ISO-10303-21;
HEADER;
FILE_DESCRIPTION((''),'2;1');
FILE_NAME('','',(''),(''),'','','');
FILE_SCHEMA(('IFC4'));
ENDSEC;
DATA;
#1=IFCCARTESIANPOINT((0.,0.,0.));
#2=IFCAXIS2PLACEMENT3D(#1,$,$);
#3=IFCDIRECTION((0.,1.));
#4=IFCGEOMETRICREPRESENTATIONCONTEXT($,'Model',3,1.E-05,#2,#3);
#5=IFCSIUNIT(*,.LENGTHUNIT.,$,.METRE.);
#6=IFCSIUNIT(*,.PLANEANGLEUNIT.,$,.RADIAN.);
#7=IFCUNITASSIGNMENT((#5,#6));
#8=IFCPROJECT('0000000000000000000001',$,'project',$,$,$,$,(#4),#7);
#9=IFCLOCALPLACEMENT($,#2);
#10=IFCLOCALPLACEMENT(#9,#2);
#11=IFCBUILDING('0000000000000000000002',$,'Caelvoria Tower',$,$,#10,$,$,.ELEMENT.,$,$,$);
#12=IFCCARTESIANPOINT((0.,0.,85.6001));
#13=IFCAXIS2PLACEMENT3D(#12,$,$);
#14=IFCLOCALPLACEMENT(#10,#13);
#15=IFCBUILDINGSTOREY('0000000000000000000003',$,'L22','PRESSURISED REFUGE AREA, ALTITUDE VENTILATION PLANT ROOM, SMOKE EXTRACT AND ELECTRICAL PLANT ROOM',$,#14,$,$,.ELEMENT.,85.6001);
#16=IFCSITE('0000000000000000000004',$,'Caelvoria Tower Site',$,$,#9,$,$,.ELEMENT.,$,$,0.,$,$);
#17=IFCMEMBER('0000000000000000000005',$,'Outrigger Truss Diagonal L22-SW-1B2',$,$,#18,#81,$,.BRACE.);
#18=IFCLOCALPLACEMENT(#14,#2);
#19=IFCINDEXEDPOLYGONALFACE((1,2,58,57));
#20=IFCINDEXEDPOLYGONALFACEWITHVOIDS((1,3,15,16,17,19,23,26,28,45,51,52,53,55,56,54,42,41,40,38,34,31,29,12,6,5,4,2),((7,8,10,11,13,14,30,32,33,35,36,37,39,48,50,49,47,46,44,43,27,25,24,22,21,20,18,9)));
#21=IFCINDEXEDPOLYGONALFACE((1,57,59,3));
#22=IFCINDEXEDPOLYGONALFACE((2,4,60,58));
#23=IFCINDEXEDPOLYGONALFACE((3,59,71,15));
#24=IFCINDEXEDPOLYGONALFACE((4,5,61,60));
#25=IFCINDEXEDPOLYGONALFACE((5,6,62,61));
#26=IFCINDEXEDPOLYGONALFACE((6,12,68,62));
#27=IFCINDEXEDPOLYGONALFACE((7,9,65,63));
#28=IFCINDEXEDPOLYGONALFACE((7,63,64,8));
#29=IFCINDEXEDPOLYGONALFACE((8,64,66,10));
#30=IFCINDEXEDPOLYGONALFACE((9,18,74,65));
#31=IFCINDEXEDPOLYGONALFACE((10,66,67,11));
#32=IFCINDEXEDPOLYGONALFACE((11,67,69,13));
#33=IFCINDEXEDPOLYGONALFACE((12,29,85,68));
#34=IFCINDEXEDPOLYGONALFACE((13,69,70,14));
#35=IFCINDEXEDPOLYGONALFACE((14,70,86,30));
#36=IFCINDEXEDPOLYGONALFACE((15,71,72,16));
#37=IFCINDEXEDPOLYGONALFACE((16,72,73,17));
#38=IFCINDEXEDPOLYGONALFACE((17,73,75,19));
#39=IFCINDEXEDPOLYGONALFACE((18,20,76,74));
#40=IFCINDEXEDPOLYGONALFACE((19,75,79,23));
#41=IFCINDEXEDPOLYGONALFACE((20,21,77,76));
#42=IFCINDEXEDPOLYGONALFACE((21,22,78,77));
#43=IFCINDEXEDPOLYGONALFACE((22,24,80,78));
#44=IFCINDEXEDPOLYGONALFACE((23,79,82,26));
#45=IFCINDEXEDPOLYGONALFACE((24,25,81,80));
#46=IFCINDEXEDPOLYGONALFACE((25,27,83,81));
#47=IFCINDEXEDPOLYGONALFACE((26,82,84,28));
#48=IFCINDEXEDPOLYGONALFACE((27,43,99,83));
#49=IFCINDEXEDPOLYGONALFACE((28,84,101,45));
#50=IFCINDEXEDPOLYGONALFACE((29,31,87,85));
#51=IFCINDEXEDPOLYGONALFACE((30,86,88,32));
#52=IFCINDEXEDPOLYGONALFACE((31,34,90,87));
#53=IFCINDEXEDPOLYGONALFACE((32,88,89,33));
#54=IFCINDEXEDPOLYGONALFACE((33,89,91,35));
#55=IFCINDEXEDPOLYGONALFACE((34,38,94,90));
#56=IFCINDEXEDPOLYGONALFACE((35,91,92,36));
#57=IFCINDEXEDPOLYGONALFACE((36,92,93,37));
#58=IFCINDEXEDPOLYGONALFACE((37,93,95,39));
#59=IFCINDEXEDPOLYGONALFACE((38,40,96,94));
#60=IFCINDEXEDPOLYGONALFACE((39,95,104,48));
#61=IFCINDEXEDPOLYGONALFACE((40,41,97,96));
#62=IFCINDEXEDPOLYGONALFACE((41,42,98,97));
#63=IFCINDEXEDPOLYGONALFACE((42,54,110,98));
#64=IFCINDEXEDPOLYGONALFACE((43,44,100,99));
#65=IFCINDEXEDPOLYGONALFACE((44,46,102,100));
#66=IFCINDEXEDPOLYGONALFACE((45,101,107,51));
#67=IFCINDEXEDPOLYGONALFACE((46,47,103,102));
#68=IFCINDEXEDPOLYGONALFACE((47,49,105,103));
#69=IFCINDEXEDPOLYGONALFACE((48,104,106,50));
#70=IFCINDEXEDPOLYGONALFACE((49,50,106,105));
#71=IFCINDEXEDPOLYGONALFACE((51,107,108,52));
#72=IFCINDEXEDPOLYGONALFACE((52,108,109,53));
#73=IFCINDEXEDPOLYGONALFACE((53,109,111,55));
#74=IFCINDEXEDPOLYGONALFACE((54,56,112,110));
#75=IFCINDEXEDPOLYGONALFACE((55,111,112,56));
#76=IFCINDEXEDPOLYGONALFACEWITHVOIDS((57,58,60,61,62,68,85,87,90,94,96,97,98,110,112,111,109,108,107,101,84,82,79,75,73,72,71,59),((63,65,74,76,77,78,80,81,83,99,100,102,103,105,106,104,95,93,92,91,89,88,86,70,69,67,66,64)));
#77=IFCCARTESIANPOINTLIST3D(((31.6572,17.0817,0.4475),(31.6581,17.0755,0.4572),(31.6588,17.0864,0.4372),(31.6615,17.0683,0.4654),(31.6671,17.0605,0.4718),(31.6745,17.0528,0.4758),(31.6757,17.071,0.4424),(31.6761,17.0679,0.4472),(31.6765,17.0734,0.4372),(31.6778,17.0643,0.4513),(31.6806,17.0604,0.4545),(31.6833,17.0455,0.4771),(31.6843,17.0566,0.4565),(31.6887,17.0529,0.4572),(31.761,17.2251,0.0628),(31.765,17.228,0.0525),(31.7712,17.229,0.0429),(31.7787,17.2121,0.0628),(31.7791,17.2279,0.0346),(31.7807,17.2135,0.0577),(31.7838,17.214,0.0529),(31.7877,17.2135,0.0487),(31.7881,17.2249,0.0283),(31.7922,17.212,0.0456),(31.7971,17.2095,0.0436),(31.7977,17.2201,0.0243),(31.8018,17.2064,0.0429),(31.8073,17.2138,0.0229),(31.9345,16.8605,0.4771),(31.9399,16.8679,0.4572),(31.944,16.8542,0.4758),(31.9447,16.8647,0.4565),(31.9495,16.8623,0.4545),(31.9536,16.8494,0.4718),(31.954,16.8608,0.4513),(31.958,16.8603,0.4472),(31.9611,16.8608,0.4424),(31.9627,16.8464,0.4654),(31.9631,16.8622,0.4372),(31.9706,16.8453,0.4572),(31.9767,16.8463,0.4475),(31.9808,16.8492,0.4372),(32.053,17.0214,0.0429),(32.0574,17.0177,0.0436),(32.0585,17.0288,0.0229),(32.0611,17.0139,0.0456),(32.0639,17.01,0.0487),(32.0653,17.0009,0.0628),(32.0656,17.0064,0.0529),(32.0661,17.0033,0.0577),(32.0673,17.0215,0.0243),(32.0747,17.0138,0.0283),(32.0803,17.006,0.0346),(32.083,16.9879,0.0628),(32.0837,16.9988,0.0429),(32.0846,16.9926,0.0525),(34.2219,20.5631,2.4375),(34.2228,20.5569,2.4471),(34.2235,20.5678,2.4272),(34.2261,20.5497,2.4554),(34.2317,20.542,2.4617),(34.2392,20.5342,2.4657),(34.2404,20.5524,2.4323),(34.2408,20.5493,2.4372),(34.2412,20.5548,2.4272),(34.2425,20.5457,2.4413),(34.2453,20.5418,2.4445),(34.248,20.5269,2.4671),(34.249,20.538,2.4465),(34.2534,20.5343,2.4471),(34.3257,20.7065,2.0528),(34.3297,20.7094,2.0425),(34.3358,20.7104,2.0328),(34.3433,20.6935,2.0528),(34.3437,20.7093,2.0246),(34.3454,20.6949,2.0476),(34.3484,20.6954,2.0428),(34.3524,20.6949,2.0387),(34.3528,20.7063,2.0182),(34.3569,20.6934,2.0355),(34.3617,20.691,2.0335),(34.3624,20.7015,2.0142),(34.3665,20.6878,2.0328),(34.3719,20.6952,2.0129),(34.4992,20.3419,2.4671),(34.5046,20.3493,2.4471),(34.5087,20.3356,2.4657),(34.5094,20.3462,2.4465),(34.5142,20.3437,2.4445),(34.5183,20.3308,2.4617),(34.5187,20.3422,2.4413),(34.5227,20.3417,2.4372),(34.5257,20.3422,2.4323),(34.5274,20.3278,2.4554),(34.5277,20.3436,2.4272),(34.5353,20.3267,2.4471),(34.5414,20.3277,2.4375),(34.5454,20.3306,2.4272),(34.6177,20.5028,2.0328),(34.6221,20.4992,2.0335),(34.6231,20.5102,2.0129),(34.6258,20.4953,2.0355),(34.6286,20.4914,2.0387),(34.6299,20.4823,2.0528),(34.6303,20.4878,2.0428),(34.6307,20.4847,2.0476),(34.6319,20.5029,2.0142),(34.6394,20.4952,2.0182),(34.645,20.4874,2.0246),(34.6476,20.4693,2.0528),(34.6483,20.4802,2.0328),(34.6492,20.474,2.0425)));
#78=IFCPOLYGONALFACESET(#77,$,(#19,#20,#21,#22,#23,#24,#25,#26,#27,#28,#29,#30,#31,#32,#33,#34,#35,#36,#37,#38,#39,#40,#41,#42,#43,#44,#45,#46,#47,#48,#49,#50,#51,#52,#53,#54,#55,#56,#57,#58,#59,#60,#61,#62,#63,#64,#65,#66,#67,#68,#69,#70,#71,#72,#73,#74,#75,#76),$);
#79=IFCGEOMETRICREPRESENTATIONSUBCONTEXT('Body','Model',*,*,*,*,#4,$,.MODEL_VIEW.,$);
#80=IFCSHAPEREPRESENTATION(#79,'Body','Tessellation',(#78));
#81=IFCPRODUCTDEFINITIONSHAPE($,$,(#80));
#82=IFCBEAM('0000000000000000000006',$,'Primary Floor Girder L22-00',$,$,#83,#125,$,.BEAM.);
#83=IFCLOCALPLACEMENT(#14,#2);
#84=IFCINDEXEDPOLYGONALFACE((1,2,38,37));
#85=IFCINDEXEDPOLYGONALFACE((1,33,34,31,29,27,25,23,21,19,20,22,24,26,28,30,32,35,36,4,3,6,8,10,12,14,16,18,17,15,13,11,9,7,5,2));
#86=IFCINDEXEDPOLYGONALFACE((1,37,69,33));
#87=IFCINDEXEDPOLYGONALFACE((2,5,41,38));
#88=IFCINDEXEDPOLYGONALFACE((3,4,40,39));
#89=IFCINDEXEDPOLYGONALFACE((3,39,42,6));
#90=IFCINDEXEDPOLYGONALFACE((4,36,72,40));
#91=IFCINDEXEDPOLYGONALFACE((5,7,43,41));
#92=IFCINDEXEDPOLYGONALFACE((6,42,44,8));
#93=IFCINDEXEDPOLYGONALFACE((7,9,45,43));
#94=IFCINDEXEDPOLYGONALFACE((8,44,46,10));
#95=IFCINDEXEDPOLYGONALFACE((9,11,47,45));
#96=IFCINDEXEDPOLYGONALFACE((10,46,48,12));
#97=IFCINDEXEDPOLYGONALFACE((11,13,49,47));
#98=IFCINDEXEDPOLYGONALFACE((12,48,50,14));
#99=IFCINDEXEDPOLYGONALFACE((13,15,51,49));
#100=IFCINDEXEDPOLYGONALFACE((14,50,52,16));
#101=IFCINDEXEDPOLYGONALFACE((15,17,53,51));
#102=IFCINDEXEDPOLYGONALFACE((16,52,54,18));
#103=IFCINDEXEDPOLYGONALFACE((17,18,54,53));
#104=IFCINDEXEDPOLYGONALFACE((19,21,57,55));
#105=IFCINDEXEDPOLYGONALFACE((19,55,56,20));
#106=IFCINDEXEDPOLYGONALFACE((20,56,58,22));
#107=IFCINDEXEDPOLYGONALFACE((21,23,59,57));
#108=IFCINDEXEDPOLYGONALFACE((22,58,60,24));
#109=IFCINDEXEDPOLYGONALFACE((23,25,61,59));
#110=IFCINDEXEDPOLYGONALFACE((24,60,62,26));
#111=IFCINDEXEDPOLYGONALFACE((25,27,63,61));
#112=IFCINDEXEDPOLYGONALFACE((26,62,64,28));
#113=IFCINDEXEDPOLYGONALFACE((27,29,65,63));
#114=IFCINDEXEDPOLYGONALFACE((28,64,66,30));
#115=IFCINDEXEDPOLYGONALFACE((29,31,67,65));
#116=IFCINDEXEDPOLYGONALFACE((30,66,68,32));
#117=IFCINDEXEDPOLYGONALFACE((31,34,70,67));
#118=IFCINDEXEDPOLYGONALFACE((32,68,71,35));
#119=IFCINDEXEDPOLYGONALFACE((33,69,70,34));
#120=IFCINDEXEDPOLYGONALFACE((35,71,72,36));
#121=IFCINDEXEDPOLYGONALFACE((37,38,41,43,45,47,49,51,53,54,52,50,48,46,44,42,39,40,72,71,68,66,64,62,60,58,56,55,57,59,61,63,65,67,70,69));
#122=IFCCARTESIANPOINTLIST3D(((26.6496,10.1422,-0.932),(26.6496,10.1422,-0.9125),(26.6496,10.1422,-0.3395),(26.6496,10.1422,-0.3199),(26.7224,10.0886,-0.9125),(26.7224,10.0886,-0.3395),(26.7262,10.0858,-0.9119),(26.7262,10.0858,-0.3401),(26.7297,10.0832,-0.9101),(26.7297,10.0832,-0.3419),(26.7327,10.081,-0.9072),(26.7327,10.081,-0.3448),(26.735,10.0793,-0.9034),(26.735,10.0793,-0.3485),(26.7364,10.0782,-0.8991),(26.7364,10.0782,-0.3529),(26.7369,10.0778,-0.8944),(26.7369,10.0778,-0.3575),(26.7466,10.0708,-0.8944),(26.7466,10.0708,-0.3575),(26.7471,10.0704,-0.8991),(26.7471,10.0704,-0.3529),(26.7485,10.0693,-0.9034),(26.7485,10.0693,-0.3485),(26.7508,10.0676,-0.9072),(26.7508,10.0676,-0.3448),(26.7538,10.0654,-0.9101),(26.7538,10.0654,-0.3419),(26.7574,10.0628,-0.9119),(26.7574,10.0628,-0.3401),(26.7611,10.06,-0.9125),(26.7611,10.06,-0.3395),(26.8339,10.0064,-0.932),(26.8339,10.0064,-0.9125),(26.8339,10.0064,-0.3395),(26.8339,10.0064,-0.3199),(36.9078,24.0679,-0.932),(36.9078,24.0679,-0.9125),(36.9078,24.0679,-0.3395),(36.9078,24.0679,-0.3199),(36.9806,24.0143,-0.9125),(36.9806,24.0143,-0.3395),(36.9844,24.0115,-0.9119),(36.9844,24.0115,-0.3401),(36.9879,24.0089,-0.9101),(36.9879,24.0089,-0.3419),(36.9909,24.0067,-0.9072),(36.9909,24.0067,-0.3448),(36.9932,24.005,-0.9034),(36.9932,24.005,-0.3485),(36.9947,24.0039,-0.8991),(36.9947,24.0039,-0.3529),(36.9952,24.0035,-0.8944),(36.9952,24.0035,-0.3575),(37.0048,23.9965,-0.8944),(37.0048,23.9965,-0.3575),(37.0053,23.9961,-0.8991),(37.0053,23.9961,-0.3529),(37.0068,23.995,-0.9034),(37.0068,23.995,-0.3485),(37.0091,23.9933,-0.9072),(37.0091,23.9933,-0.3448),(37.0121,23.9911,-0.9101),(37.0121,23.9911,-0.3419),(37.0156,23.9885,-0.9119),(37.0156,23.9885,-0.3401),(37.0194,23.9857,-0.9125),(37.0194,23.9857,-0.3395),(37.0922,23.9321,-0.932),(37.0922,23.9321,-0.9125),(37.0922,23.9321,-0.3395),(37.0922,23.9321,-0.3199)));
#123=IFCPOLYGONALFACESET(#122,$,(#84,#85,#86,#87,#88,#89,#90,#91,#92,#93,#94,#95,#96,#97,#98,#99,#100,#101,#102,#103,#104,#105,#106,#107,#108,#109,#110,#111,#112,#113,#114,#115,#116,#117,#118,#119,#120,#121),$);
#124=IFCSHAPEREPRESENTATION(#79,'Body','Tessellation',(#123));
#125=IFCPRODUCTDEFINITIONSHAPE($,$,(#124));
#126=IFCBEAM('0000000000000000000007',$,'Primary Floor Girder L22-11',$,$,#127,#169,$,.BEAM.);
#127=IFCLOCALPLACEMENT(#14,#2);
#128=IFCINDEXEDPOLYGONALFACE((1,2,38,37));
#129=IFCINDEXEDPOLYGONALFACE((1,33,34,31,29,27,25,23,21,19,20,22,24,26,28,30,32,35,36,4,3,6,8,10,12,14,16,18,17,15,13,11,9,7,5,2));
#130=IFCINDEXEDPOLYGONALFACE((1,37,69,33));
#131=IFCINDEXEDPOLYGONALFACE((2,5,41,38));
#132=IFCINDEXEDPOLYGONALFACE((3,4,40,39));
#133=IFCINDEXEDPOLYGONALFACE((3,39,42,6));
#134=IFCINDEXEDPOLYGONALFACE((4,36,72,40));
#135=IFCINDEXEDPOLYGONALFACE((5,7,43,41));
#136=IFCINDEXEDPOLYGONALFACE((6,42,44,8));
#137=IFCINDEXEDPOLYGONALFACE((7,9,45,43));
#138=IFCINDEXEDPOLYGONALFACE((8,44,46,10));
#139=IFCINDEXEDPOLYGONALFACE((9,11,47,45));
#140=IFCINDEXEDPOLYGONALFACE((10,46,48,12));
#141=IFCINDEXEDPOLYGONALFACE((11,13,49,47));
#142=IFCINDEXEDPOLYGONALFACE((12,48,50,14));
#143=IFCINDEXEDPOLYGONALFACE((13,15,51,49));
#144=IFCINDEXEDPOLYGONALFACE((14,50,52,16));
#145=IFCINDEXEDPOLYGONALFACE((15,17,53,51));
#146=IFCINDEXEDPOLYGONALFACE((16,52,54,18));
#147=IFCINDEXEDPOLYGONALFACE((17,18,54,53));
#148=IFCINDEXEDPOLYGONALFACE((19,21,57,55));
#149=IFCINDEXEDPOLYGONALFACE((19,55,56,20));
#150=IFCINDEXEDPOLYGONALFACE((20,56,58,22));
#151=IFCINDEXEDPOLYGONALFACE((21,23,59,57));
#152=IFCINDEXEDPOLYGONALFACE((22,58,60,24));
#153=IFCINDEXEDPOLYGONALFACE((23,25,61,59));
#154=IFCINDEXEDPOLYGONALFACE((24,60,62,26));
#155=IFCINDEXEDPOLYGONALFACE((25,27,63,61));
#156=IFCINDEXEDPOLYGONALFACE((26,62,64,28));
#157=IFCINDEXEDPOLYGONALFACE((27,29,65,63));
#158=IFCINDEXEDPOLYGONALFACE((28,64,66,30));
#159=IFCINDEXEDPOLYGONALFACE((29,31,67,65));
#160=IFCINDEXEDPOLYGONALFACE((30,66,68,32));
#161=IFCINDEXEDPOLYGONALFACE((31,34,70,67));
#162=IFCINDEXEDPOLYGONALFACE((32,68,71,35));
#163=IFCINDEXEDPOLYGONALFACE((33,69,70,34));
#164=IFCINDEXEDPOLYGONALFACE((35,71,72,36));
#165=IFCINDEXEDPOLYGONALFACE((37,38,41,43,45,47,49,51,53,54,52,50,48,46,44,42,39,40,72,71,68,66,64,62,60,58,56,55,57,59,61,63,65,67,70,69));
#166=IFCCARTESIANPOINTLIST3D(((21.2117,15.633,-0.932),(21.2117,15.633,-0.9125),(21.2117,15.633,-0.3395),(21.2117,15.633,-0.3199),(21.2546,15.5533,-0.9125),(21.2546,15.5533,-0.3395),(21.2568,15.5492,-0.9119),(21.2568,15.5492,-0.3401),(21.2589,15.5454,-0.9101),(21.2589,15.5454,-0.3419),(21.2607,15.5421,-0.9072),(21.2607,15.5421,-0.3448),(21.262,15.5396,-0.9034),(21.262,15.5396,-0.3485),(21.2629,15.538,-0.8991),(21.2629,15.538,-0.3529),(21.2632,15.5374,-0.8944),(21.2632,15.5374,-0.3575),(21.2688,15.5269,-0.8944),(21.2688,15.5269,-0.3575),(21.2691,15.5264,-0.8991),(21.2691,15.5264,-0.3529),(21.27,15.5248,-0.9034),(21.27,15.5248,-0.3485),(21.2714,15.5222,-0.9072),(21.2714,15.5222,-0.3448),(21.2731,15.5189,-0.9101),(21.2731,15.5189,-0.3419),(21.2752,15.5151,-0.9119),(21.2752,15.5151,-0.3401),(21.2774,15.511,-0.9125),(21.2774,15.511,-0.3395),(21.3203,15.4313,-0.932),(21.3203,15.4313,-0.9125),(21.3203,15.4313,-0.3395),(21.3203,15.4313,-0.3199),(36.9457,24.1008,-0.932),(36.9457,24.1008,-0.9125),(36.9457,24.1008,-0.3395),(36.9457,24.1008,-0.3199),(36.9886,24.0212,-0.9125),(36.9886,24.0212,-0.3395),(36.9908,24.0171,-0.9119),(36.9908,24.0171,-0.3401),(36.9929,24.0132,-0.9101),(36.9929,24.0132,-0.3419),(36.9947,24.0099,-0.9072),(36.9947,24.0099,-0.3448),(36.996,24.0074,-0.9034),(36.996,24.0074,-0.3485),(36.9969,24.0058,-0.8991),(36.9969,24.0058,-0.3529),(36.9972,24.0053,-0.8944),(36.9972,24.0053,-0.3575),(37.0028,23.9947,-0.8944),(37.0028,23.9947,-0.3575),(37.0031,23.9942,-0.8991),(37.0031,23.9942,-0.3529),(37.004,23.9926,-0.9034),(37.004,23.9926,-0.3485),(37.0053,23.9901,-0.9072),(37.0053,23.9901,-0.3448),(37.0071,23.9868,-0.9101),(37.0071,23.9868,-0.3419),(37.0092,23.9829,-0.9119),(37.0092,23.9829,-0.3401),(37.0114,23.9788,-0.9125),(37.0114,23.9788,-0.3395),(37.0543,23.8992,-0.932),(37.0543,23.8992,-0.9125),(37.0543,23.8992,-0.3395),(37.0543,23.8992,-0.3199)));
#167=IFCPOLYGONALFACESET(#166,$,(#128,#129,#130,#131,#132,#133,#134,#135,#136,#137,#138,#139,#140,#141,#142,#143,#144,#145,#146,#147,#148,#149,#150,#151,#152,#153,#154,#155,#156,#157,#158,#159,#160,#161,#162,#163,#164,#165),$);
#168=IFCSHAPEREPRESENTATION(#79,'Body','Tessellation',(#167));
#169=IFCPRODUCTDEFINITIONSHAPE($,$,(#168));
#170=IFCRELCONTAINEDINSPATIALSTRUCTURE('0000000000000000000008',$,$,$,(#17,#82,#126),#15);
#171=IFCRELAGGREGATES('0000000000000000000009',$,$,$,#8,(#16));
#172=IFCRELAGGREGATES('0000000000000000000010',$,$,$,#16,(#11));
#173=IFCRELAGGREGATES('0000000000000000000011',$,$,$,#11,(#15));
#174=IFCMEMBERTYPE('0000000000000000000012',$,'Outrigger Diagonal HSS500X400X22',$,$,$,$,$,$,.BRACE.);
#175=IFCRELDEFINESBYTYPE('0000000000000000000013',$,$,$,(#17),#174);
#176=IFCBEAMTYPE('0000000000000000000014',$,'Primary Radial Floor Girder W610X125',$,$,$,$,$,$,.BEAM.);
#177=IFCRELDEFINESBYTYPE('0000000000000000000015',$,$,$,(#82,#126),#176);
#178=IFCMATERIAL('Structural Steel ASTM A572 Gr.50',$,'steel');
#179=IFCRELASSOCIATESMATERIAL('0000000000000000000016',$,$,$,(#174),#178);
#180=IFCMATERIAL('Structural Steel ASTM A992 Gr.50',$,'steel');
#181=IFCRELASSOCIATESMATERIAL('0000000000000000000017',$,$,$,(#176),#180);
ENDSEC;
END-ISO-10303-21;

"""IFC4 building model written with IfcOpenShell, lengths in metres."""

from ifc_helpers import new_model, si_unit, direction, frame, origin, origin_2d, place, context, subcontext, project, spatial, hollow_rectangle, i_section, extrude, material, material_profile, profile_set, type_object, element, save


model = new_model("IFC4")

# Units and contexts
model_context = context("Model", 3, precision=1e-05, world=origin(), true_north=direction((0.0, 1.0)))
body_context = subcontext(model_context, "Body", "Model", "MODEL_VIEW")
ifc_project = project(units=[si_unit("LENGTHUNIT", "METRE"), si_unit("PLANEANGLEUNIT", "RADIAN")], contexts=[model_context])

# Site, building, storey
site_placement = place(None, origin())
site = spatial("IfcSite", under=ifc_project, at=site_placement, Name="Caelvoria Tower Site", CompositionType="ELEMENT", RefElevation=0.0)
building_placement = place(site_placement, origin())
building = spatial("IfcBuilding", under=site, at=building_placement, Name="Caelvoria Tower", CompositionType="ELEMENT")
storey_placement = place(building_placement, frame((0.0, 0.0, 85.6001)))
storey = spatial("IfcBuildingStorey", under=building, at=storey_placement, Name="L22", Description="PRESSURISED REFUGE AREA, ALTITUDE VENTILATION PLANT ROOM, SMOKE EXTRACT AND ELECTRICAL PLANT ROOM", CompositionType="ELEMENT", Elevation=85.6001)

# Member
ifc_material_1 = material(Name="Structural Steel ASTM A572 Gr.50", Category="steel")
ifc_material_profile_1 = material_profile(ifc_material_1, hollow_rectangle(XDim=0.3999, YDim=0.5, WallThickness=0.022, InnerFilletRadius=0.022, OuterFilletRadius=0.0439, at=origin_2d()), Name="Structural Steel ASTM A572 Gr.50")
ifc_profile_set_1 = profile_set([ifc_material_profile_1], Name="HSS500X400X22 - Structural Steel ASTM A572 Gr.50")
member_type = type_object("IfcMemberType", Name="Outrigger Diagonal HSS500X400X22", PredefinedType="BRACE", material=ifc_profile_set_1)
member_placement = place(storey_placement, frame((34.4355, 20.5186, 2.24), z_axis=(-0.538795, -0.731386, -0.41806), x_axis=(0.80512, -0.593112, 0.0)))
element("IfcMember", 1, at=member_placement, inside=storey, type_object=member_type, Name="Outrigger Truss Diagonal L22-SW-1B2", PredefinedType="BRACE", context=body_context, shape_type="SweptSolid", body=[
    extrude(hollow_rectangle(XDim=0.3999, YDim=0.5, WallThickness=0.022, InnerFilletRadius=0.022, OuterFilletRadius=0.0439, at=origin_2d()), origin(), (0.0, 0.0, 1.0), 4.76),
])

# Beams
ifc_material_2 = material(Name="Structural Steel ASTM A992 Gr.50", Category="steel")
ifc_material_profile_2 = material_profile(ifc_material_2, i_section(OverallWidth=0.229, OverallDepth=0.6121, WebThickness=0.012, FlangeThickness=0.0195, FilletRadius=0.0181, at=origin_2d()), Name="Structural Steel ASTM A992 Gr.50")
ifc_profile_set_2 = profile_set([ifc_material_profile_2], Name="W610X125 - Structural Steel ASTM A992 Gr.50")
beam_type_1 = type_object("IfcBeamType", Name="Primary Radial Floor Girder W610X125", PredefinedType="BEAM", material=ifc_profile_set_2)
beam_1_placement = place(storey_placement, frame((37.0, 24.0, -0.626), z_axis=(-0.593094, -0.805133, 0.0), x_axis=(0.805133, -0.593094, 0.0)))
element("IfcBeam", 2, at=beam_1_placement, inside=storey, type_object=beam_type_1, Name="Primary Floor Girder L22-00", PredefinedType="BEAM", context=body_context, shape_type="SweptSolid", body=[
    extrude(i_section(OverallWidth=0.229, OverallDepth=0.6121, WebThickness=0.012, FlangeThickness=0.0195, FilletRadius=0.0181, at=origin_2d()), origin(), (0.0, 0.0, 1.0), 17.2961),
])
beam_2_placement = place(storey_placement, frame((37.0, 24.0, -0.626), z_axis=(-0.880572, -0.473912, 0.0), x_axis=(0.473912, -0.880572, 0.0)))
element("IfcBeam", 3, at=beam_2_placement, inside=storey, type_object=beam_type_1, Name="Primary Floor Girder L22-11", PredefinedType="BEAM", context=body_context, shape_type="SweptSolid", body=[
    extrude(i_section(OverallWidth=0.229, OverallDepth=0.6121, WebThickness=0.012, FlangeThickness=0.0195, FilletRadius=0.0181, at=origin_2d()), origin(), (0.0, 0.0, 1.0), 17.8679),
])

save(model, "model.ifc")
